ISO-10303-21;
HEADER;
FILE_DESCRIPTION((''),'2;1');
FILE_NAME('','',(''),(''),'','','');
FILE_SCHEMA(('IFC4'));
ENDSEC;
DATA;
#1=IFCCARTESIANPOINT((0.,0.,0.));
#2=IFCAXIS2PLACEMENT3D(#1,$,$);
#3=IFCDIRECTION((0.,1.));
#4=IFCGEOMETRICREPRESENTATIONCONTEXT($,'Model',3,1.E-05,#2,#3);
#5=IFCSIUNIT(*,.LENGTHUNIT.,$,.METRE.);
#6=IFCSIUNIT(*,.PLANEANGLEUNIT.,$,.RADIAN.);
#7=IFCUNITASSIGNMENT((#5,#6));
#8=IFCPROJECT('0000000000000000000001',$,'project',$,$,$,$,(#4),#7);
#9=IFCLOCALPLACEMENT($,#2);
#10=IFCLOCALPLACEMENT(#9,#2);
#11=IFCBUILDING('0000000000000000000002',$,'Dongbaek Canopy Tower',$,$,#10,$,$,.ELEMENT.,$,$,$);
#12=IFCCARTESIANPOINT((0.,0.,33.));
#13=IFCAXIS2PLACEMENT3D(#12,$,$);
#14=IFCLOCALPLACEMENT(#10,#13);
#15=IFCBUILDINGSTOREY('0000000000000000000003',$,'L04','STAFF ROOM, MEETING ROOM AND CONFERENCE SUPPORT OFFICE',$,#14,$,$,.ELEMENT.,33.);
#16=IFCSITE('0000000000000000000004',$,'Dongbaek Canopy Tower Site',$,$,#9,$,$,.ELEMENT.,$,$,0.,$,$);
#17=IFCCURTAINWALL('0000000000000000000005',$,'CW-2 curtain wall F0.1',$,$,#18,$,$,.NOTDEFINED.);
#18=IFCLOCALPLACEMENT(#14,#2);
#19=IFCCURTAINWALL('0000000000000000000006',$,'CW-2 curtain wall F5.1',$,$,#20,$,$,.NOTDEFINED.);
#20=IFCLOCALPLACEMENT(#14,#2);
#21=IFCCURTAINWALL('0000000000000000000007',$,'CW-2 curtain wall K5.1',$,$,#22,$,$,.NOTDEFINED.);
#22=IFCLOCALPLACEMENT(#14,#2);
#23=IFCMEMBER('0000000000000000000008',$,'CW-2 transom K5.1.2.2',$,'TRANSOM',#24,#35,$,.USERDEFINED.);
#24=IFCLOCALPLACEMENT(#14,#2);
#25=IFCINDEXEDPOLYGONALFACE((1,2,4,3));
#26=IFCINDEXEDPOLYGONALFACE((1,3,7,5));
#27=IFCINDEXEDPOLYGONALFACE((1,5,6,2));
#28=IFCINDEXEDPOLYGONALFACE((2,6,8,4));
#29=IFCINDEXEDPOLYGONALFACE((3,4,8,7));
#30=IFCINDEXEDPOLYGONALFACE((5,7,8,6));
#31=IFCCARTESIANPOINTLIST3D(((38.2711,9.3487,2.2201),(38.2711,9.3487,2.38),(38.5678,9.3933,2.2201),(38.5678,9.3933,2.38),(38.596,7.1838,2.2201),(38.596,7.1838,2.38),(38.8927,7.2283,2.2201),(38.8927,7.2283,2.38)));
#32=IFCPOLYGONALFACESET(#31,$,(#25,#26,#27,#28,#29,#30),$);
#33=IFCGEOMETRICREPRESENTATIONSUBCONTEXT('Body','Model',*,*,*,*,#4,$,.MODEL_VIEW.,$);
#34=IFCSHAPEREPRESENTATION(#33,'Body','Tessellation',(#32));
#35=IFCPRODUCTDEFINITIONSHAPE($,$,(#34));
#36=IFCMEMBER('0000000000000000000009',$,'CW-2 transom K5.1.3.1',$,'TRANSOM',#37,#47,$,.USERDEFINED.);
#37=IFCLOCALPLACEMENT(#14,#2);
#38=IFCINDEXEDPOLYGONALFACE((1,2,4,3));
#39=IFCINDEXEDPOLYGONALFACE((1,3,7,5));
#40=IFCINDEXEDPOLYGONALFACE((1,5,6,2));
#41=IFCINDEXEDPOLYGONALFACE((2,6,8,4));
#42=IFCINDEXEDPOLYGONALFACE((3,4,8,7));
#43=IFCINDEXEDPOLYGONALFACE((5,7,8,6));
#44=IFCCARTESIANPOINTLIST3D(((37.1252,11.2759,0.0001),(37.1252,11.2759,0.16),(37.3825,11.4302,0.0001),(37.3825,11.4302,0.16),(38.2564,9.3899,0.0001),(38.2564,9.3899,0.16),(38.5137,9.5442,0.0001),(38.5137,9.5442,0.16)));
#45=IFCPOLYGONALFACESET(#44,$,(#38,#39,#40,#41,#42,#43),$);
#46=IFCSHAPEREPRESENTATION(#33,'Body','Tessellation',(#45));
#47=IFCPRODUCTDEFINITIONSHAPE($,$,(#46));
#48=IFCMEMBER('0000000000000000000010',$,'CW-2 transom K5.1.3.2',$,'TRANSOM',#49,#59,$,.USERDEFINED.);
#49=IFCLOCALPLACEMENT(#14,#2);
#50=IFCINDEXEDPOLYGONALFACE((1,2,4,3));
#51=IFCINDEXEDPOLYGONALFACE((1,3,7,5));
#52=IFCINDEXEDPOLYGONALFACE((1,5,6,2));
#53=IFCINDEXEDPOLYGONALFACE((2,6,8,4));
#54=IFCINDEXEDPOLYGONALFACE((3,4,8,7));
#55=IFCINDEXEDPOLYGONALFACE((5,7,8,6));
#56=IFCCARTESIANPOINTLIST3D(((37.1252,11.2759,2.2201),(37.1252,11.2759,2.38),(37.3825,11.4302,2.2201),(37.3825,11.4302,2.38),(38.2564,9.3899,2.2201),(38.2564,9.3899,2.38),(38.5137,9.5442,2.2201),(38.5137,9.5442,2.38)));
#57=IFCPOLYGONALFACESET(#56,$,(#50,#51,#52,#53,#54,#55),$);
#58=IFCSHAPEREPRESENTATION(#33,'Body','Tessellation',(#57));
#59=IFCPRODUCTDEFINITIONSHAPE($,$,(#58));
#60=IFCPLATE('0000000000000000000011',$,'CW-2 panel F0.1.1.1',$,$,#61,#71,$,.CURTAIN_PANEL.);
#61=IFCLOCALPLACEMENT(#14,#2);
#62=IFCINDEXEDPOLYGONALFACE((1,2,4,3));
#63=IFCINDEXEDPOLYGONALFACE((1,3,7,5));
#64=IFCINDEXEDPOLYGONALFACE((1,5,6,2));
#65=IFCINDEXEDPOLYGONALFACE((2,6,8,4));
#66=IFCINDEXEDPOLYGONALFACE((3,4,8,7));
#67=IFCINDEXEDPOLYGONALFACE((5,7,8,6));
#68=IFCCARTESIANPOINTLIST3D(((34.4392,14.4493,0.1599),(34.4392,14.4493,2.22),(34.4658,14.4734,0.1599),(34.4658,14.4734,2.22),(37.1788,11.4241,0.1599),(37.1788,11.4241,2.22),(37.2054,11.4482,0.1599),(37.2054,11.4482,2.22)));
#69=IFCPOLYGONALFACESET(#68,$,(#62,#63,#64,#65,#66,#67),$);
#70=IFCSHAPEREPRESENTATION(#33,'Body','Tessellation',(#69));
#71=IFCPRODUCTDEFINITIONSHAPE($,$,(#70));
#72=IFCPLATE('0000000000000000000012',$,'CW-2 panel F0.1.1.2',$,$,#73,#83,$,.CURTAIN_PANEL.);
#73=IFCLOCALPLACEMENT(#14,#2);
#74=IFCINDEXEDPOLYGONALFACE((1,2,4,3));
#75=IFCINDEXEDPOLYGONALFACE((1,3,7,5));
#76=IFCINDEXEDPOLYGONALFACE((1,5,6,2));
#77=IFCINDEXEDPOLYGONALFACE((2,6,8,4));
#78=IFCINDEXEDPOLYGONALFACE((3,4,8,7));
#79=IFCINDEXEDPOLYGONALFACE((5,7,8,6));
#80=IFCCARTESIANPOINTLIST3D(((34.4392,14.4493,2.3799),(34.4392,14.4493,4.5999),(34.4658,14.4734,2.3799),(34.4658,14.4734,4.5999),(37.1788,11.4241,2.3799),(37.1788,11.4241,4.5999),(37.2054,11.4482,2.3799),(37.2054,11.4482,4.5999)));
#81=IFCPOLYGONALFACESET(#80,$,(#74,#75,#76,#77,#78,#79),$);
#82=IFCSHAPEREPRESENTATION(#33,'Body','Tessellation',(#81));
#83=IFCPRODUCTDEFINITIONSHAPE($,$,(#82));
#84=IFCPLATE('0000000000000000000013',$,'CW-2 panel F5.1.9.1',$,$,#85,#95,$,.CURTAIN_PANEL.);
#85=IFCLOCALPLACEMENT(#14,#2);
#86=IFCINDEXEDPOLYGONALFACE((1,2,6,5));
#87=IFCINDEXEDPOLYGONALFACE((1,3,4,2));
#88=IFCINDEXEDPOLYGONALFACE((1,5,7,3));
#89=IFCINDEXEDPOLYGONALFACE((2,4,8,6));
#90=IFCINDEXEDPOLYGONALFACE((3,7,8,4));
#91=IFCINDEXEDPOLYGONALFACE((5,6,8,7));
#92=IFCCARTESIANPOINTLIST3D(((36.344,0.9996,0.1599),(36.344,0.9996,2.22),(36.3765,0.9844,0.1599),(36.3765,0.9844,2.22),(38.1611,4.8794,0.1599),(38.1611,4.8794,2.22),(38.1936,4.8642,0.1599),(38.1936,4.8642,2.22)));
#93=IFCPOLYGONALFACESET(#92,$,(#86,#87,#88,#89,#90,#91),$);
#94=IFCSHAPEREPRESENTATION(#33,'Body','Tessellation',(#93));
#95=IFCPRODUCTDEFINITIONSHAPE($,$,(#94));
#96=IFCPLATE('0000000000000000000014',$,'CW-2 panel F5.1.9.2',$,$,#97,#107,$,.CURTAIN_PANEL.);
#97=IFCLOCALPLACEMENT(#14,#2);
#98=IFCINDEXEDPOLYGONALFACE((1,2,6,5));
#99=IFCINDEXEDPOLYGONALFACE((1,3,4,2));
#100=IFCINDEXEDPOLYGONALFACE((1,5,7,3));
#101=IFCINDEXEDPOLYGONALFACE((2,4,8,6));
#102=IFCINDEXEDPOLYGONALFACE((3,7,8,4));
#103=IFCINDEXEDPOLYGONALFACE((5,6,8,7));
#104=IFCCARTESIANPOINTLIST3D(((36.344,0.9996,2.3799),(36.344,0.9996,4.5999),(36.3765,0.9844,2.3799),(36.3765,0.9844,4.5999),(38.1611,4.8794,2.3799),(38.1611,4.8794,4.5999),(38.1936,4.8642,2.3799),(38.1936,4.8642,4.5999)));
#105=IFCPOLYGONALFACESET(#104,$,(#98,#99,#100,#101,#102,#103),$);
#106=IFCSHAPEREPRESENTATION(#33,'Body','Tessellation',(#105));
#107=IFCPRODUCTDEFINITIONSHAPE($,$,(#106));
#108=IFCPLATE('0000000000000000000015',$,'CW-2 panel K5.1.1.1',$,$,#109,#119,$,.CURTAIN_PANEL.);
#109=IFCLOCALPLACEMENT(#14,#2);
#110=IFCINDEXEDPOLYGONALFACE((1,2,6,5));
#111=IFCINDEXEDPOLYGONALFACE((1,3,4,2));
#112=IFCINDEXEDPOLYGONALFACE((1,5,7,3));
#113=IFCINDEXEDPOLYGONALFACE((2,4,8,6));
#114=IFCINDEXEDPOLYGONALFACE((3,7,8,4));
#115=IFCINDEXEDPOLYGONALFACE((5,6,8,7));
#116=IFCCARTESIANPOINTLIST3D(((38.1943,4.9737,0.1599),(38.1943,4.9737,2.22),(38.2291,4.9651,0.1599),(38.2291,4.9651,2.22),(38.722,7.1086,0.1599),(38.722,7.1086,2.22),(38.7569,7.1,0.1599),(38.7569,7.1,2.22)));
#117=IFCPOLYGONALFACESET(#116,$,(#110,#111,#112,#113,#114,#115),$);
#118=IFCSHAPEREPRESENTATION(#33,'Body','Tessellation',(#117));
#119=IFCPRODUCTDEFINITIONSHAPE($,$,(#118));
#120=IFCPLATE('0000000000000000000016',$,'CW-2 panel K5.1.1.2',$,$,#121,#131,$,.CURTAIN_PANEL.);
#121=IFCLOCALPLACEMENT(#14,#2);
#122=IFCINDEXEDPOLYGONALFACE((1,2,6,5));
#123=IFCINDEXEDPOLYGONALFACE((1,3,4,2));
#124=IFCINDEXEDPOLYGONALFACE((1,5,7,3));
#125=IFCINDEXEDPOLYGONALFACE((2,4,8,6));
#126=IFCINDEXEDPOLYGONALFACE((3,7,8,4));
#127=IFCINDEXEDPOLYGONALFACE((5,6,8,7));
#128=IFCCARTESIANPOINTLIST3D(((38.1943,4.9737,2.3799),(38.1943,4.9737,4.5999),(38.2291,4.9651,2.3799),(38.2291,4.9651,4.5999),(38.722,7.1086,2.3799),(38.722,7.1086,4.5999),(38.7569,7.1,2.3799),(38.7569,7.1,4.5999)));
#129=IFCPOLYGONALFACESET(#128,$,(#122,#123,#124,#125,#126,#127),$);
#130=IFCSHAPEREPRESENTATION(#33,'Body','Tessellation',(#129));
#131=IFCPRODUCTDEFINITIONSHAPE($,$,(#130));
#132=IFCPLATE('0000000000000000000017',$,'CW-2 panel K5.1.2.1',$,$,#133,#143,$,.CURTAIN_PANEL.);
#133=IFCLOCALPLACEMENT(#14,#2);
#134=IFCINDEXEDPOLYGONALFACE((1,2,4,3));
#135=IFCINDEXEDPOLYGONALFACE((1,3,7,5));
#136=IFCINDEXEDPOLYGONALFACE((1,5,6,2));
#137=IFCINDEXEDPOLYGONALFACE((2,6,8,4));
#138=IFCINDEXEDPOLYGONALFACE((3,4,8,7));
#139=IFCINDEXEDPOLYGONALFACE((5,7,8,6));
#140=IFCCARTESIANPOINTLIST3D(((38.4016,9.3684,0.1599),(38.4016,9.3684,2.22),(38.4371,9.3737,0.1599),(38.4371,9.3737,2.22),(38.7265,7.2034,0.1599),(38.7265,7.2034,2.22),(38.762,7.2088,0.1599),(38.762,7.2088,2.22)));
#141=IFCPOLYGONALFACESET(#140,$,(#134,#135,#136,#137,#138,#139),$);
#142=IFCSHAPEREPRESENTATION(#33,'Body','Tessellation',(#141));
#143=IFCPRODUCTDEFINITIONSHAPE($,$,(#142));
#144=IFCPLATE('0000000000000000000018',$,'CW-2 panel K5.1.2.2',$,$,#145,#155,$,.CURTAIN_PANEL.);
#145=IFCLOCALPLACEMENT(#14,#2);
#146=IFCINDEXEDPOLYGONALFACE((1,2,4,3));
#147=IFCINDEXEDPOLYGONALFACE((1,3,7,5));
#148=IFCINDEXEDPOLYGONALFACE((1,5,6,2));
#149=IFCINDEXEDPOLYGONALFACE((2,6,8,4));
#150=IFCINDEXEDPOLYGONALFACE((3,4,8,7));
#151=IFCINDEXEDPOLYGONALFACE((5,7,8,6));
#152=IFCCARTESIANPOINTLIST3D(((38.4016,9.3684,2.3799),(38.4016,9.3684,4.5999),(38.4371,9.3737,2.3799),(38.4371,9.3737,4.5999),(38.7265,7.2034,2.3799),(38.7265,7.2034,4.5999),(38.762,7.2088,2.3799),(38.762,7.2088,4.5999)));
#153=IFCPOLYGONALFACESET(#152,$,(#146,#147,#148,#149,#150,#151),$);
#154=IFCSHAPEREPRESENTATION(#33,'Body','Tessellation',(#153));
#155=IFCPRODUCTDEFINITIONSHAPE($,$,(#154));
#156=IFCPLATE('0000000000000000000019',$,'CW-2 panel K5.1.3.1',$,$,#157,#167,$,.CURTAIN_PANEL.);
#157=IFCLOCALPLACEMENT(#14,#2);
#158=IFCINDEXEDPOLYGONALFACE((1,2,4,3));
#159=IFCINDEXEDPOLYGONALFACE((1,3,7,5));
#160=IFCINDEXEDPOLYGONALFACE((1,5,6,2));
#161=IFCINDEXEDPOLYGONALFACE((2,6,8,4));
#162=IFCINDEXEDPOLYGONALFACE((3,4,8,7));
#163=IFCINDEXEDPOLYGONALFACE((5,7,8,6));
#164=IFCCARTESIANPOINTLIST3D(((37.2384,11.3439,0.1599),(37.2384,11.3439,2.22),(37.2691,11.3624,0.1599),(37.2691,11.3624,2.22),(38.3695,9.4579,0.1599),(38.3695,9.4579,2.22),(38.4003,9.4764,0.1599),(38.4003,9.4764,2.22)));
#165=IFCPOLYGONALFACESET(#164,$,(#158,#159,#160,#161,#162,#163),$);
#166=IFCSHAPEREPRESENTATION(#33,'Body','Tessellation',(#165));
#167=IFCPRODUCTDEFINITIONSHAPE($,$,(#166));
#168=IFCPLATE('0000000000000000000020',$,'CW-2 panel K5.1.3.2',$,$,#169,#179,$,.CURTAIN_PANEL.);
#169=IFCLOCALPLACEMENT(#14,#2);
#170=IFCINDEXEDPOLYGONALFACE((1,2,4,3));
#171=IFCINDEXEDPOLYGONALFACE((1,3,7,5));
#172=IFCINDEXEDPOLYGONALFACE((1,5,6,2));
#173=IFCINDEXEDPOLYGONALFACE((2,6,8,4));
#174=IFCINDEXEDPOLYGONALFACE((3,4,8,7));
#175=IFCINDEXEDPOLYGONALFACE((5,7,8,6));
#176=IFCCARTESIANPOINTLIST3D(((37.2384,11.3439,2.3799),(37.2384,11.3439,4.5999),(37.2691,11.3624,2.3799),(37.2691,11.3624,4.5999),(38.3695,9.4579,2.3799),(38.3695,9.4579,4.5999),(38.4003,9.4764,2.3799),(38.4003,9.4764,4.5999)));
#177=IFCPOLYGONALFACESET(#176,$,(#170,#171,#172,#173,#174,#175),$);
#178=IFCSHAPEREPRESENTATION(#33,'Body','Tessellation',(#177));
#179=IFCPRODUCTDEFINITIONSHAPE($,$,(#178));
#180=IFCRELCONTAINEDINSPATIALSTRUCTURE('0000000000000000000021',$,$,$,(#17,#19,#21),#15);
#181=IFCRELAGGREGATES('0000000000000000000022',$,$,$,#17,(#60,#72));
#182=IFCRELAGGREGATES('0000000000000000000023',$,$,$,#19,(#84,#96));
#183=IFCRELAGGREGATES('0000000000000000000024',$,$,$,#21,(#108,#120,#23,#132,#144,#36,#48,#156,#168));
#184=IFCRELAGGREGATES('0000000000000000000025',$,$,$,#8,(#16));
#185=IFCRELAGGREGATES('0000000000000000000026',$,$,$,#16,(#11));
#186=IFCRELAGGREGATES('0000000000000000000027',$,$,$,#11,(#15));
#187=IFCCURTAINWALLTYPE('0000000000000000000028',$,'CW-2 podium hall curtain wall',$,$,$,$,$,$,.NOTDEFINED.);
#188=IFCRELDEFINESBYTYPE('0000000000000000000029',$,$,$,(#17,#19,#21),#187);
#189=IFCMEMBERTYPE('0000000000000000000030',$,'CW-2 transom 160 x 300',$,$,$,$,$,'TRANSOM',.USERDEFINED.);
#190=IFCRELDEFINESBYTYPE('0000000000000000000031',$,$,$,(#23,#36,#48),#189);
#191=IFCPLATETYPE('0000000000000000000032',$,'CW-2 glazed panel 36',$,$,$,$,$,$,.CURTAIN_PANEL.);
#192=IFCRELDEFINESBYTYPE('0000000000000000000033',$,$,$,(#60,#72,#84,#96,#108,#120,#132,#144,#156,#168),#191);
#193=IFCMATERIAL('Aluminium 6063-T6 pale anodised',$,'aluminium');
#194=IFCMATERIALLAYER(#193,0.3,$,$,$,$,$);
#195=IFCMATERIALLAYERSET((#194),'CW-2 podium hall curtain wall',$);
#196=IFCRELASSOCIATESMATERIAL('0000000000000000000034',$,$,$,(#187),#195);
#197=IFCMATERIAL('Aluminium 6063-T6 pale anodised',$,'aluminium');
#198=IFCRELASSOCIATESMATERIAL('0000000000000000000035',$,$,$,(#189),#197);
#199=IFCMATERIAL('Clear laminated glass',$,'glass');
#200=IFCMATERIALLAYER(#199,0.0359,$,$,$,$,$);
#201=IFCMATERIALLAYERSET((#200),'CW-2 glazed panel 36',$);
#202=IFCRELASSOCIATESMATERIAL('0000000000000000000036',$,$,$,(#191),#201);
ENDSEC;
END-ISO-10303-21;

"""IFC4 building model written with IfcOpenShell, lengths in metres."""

from ifc_helpers import new_model, si_unit, direction, frame, origin, origin_2d, place, context, subcontext, project, spatial, rectangle, extrude, material, layer, layer_set, material_profile, profile_set, type_object, element, aggregate, save


model = new_model("IFC4")

# Units and contexts
model_context = context("Model", 3, precision=1e-05, world=origin(), true_north=direction((0.0, 1.0)))
body_context = subcontext(model_context, "Body", "Model", "MODEL_VIEW")
ifc_project = project(units=[si_unit("LENGTHUNIT", "METRE"), si_unit("PLANEANGLEUNIT", "RADIAN")], contexts=[model_context])

# Site, building, storey
site_placement = place(None, origin())
site = spatial("IfcSite", under=ifc_project, at=site_placement, Name="Dongbaek Canopy Tower Site", CompositionType="ELEMENT", RefElevation=0.0)
building_placement = place(site_placement, origin())
building = spatial("IfcBuilding", under=site, at=building_placement, Name="Dongbaek Canopy Tower", CompositionType="ELEMENT")
storey_placement = place(building_placement, frame((0.0, 0.0, 33.0)))
storey = spatial("IfcBuildingStorey", under=building, at=storey_placement, Name="L04", Description="STAFF ROOM, MEETING ROOM AND CONFERENCE SUPPORT OFFICE", CompositionType="ELEMENT", Elevation=33.0)

# Curtain wall
ifc_material_1 = material(Name="Aluminium 6063-T6 pale anodised", Category="aluminium")
ifc_layer_1 = layer(ifc_material_1, 0.3)
ifc_layer_set_1 = layer_set([ifc_layer_1], Name="CW-2 podium hall curtain wall")
curtain_wall_type = type_object("IfcCurtainWallType", Name="CW-2 podium hall curtain wall", PredefinedType="NOTDEFINED", material=ifc_layer_set_1)
curtain_wall_1_placement = place(storey_placement, origin())
curtain_wall_1 = element("IfcCurtainWall", 1, at=curtain_wall_1_placement, inside=storey, type_object=curtain_wall_type, Name="CW-2 curtain wall F0.1", PredefinedType="NOTDEFINED")

# Curtain wall
curtain_wall_2_placement = place(storey_placement, origin())
curtain_wall_2 = element("IfcCurtainWall", 2, at=curtain_wall_2_placement, inside=storey, type_object=curtain_wall_type, Name="CW-2 curtain wall F5.1", PredefinedType="NOTDEFINED")

# Curtain wall
curtain_wall_3_placement = place(storey_placement, origin())
curtain_wall_3 = element("IfcCurtainWall", 3, at=curtain_wall_3_placement, inside=storey, type_object=curtain_wall_type, Name="CW-2 curtain wall K5.1", PredefinedType="NOTDEFINED")

# Members
ifc_material_2 = material(Name="Aluminium 6063-T6 pale anodised", Category="aluminium")
ifc_material_profile_1 = material_profile(ifc_material_2, rectangle(XDim=0.3, YDim=0.1599, at=origin_2d()), Name="CW-2 transom 160 x 300")
ifc_profile_set_1 = profile_set([ifc_material_profile_1], Name="Aluminium 6063-T6 pale anodised")
member_type_1 = type_object("IfcMemberType", Name="CW-2 transom 160 x 300", ElementType="TRANSOM", PredefinedType="USERDEFINED", material=ifc_profile_set_1)
member_1_placement = place(storey_placement, frame((38.7444, 7.2061, 2.3), z_axis=(-0.148428, 0.988923, 0.0), x_axis=(-0.988923, -0.148428, 0.0)))
member_1 = element("IfcMember", 4, at=member_1_placement, type_object=member_type_1, Name="CW-2 transom K5.1.2.2", ObjectType="TRANSOM", PredefinedType="USERDEFINED", context=body_context, shape_type="SweptSolid", body=[
    extrude(rectangle(XDim=0.3, YDim=0.1599, at=origin_2d()), origin(), (0.0, 0.0, 1.0), 2.1892),
])
member_2_placement = place(storey_placement, frame((38.385, 9.467, 0.0801), z_axis=(-0.514332, 0.857591, 0.0), x_axis=(-0.857591, -0.514332, 0.0)))
member_2 = element("IfcMember", 5, at=member_2_placement, type_object=member_type_1, Name="CW-2 transom K5.1.3.1", ObjectType="TRANSOM", PredefinedType="USERDEFINED", context=body_context, shape_type="SweptSolid", body=[
    extrude(rectangle(XDim=0.3, YDim=0.1599, at=origin_2d()), origin(), (0.0, 0.0, 1.0), 2.1992),
])
member_3_placement = place(storey_placement, frame((38.385, 9.467, 2.3), z_axis=(-0.514332, 0.857591, 0.0), x_axis=(-0.857591, -0.514332, 0.0)))
member_3 = element("IfcMember", 6, at=member_3_placement, type_object=member_type_1, Name="CW-2 transom K5.1.3.2", ObjectType="TRANSOM", PredefinedType="USERDEFINED", context=body_context, shape_type="SweptSolid", body=[
    extrude(rectangle(XDim=0.3, YDim=0.1599, at=origin_2d()), origin(), (0.0, 0.0, 1.0), 2.1992),
])

# Plates
ifc_material_3 = material(Name="Clear laminated glass", Category="glass")
ifc_layer_2 = layer(ifc_material_3, 0.0359)
ifc_layer_set_2 = layer_set([ifc_layer_2], Name="CW-2 glazed panel 36")
plate_type = type_object("IfcPlateType", Name="CW-2 glazed panel 36", PredefinedType="CURTAIN_PANEL", material=ifc_layer_set_2)
plate_1_placement = place(storey_placement, frame((35.8223, 12.9487, 0.1599), z_axis=(0.0, 0.0, 1.0), x_axis=(-0.67126, 0.741222, 0.0)))
plate_1 = element("IfcPlate", 7, at=plate_1_placement, type_object=plate_type, Name="CW-2 panel F0.1.1.1", PredefinedType="CURTAIN_PANEL", context=body_context, shape_type="SweptSolid", body=[
    extrude(rectangle(XDim=4.0813, YDim=0.0359, at=origin_2d()), origin(), (0.0, 0.0, 1.0), 2.0601),
])
plate_2_placement = place(storey_placement, frame((35.8223, 12.9487, 2.3799), z_axis=(0.0, 0.0, 1.0), x_axis=(-0.67126, 0.741222, 0.0)))
plate_2 = element("IfcPlate", 8, at=plate_2_placement, type_object=plate_type, Name="CW-2 panel F0.1.1.2", PredefinedType="CURTAIN_PANEL", context=body_context, shape_type="SweptSolid", body=[
    extrude(rectangle(XDim=4.0813, YDim=0.0359, at=origin_2d()), origin(), (0.0, 0.0, 1.0), 2.22),
])
aggregate(curtain_wall_1, [plate_1, plate_2])
plate_3_placement = place(storey_placement, frame((37.2688, 2.9319, 0.1599), z_axis=(0.0, 0.0, 1.0), x_axis=(0.424123, 0.905605, 0.0)))
plate_3 = element("IfcPlate", 9, at=plate_3_placement, type_object=plate_type, Name="CW-2 panel F5.1.9.1", PredefinedType="CURTAIN_PANEL", context=body_context, shape_type="SweptSolid", body=[
    extrude(rectangle(XDim=4.2842, YDim=0.0359, at=origin_2d()), origin(), (0.0, 0.0, 1.0), 2.0601),
])
plate_4_placement = place(storey_placement, frame((37.2688, 2.9319, 2.3799), z_axis=(0.0, 0.0, 1.0), x_axis=(0.424123, 0.905605, 0.0)))
plate_4 = element("IfcPlate", 10, at=plate_4_placement, type_object=plate_type, Name="CW-2 panel F5.1.9.2", PredefinedType="CURTAIN_PANEL", context=body_context, shape_type="SweptSolid", body=[
    extrude(rectangle(XDim=4.2842, YDim=0.0359, at=origin_2d()), origin(), (0.0, 0.0, 1.0), 2.22),
])
aggregate(curtain_wall_2, [plate_3, plate_4])
plate_5_placement = place(storey_placement, frame((38.4756, 6.0369, 0.1599), z_axis=(0.0, 0.0, 1.0), x_axis=(0.239978, 0.970778, 0.0)))
plate_5 = element("IfcPlate", 11, at=plate_5_placement, type_object=plate_type, Name="CW-2 panel K5.1.1.1", PredefinedType="CURTAIN_PANEL", context=body_context, shape_type="SweptSolid", body=[
    extrude(rectangle(XDim=2.1992, YDim=0.0359, at=origin_2d()), origin(), (0.0, 0.0, 1.0), 2.0601),
])
plate_6_placement = place(storey_placement, frame((38.4756, 6.0369, 2.3799), z_axis=(0.0, 0.0, 1.0), x_axis=(0.239978, 0.970778, 0.0)))
plate_6 = element("IfcPlate", 12, at=plate_6_placement, type_object=plate_type, Name="CW-2 panel K5.1.1.2", PredefinedType="CURTAIN_PANEL", context=body_context, shape_type="SweptSolid", body=[
    extrude(rectangle(XDim=2.1992, YDim=0.0359, at=origin_2d()), origin(), (0.0, 0.0, 1.0), 2.22),
])
plate_7_placement = place(storey_placement, frame((38.5818, 8.2886, 0.1599), z_axis=(0.0, 0.0, 1.0), x_axis=(-0.148406, 0.988926, 0.0)))
plate_7 = element("IfcPlate", 13, at=plate_7_placement, type_object=plate_type, Name="CW-2 panel K5.1.2.1", PredefinedType="CURTAIN_PANEL", context=body_context, shape_type="SweptSolid", body=[
    extrude(rectangle(XDim=2.1892, YDim=0.0359, at=origin_2d()), origin(), (0.0, 0.0, 1.0), 2.0601),
])
plate_8_placement = place(storey_placement, frame((38.5818, 8.2886, 2.3799), z_axis=(0.0, 0.0, 1.0), x_axis=(-0.148406, 0.988926, 0.0)))
plate_8 = element("IfcPlate", 14, at=plate_8_placement, type_object=plate_type, Name="CW-2 panel K5.1.2.2", PredefinedType="CURTAIN_PANEL", context=body_context, shape_type="SweptSolid", body=[
    extrude(rectangle(XDim=2.1892, YDim=0.0359, at=origin_2d()), origin(), (0.0, 0.0, 1.0), 2.22),
])
plate_9_placement = place(storey_placement, frame((37.8193, 10.4102, 0.1599), z_axis=(0.0, 0.0, 1.0), x_axis=(-0.514356, 0.857576, 0.0)))
plate_9 = element("IfcPlate", 15, at=plate_9_placement, type_object=plate_type, Name="CW-2 panel K5.1.3.1", PredefinedType="CURTAIN_PANEL", context=body_context, shape_type="SweptSolid", body=[
    extrude(rectangle(XDim=2.1992, YDim=0.0359, at=origin_2d()), origin(), (0.0, 0.0, 1.0), 2.0601),
])
plate_10_placement = place(storey_placement, frame((37.8193, 10.4102, 2.3799), z_axis=(0.0, 0.0, 1.0), x_axis=(-0.514356, 0.857576, 0.0)))
plate_10 = element("IfcPlate", 16, at=plate_10_placement, type_object=plate_type, Name="CW-2 panel K5.1.3.2", PredefinedType="CURTAIN_PANEL", context=body_context, shape_type="SweptSolid", body=[
    extrude(rectangle(XDim=2.1992, YDim=0.0359, at=origin_2d()), origin(), (0.0, 0.0, 1.0), 2.22),
])
aggregate(curtain_wall_3, [plate_5, plate_6, member_1, plate_7, plate_8, member_2, member_3, plate_9, plate_10])

save(model, "model.ifc")
